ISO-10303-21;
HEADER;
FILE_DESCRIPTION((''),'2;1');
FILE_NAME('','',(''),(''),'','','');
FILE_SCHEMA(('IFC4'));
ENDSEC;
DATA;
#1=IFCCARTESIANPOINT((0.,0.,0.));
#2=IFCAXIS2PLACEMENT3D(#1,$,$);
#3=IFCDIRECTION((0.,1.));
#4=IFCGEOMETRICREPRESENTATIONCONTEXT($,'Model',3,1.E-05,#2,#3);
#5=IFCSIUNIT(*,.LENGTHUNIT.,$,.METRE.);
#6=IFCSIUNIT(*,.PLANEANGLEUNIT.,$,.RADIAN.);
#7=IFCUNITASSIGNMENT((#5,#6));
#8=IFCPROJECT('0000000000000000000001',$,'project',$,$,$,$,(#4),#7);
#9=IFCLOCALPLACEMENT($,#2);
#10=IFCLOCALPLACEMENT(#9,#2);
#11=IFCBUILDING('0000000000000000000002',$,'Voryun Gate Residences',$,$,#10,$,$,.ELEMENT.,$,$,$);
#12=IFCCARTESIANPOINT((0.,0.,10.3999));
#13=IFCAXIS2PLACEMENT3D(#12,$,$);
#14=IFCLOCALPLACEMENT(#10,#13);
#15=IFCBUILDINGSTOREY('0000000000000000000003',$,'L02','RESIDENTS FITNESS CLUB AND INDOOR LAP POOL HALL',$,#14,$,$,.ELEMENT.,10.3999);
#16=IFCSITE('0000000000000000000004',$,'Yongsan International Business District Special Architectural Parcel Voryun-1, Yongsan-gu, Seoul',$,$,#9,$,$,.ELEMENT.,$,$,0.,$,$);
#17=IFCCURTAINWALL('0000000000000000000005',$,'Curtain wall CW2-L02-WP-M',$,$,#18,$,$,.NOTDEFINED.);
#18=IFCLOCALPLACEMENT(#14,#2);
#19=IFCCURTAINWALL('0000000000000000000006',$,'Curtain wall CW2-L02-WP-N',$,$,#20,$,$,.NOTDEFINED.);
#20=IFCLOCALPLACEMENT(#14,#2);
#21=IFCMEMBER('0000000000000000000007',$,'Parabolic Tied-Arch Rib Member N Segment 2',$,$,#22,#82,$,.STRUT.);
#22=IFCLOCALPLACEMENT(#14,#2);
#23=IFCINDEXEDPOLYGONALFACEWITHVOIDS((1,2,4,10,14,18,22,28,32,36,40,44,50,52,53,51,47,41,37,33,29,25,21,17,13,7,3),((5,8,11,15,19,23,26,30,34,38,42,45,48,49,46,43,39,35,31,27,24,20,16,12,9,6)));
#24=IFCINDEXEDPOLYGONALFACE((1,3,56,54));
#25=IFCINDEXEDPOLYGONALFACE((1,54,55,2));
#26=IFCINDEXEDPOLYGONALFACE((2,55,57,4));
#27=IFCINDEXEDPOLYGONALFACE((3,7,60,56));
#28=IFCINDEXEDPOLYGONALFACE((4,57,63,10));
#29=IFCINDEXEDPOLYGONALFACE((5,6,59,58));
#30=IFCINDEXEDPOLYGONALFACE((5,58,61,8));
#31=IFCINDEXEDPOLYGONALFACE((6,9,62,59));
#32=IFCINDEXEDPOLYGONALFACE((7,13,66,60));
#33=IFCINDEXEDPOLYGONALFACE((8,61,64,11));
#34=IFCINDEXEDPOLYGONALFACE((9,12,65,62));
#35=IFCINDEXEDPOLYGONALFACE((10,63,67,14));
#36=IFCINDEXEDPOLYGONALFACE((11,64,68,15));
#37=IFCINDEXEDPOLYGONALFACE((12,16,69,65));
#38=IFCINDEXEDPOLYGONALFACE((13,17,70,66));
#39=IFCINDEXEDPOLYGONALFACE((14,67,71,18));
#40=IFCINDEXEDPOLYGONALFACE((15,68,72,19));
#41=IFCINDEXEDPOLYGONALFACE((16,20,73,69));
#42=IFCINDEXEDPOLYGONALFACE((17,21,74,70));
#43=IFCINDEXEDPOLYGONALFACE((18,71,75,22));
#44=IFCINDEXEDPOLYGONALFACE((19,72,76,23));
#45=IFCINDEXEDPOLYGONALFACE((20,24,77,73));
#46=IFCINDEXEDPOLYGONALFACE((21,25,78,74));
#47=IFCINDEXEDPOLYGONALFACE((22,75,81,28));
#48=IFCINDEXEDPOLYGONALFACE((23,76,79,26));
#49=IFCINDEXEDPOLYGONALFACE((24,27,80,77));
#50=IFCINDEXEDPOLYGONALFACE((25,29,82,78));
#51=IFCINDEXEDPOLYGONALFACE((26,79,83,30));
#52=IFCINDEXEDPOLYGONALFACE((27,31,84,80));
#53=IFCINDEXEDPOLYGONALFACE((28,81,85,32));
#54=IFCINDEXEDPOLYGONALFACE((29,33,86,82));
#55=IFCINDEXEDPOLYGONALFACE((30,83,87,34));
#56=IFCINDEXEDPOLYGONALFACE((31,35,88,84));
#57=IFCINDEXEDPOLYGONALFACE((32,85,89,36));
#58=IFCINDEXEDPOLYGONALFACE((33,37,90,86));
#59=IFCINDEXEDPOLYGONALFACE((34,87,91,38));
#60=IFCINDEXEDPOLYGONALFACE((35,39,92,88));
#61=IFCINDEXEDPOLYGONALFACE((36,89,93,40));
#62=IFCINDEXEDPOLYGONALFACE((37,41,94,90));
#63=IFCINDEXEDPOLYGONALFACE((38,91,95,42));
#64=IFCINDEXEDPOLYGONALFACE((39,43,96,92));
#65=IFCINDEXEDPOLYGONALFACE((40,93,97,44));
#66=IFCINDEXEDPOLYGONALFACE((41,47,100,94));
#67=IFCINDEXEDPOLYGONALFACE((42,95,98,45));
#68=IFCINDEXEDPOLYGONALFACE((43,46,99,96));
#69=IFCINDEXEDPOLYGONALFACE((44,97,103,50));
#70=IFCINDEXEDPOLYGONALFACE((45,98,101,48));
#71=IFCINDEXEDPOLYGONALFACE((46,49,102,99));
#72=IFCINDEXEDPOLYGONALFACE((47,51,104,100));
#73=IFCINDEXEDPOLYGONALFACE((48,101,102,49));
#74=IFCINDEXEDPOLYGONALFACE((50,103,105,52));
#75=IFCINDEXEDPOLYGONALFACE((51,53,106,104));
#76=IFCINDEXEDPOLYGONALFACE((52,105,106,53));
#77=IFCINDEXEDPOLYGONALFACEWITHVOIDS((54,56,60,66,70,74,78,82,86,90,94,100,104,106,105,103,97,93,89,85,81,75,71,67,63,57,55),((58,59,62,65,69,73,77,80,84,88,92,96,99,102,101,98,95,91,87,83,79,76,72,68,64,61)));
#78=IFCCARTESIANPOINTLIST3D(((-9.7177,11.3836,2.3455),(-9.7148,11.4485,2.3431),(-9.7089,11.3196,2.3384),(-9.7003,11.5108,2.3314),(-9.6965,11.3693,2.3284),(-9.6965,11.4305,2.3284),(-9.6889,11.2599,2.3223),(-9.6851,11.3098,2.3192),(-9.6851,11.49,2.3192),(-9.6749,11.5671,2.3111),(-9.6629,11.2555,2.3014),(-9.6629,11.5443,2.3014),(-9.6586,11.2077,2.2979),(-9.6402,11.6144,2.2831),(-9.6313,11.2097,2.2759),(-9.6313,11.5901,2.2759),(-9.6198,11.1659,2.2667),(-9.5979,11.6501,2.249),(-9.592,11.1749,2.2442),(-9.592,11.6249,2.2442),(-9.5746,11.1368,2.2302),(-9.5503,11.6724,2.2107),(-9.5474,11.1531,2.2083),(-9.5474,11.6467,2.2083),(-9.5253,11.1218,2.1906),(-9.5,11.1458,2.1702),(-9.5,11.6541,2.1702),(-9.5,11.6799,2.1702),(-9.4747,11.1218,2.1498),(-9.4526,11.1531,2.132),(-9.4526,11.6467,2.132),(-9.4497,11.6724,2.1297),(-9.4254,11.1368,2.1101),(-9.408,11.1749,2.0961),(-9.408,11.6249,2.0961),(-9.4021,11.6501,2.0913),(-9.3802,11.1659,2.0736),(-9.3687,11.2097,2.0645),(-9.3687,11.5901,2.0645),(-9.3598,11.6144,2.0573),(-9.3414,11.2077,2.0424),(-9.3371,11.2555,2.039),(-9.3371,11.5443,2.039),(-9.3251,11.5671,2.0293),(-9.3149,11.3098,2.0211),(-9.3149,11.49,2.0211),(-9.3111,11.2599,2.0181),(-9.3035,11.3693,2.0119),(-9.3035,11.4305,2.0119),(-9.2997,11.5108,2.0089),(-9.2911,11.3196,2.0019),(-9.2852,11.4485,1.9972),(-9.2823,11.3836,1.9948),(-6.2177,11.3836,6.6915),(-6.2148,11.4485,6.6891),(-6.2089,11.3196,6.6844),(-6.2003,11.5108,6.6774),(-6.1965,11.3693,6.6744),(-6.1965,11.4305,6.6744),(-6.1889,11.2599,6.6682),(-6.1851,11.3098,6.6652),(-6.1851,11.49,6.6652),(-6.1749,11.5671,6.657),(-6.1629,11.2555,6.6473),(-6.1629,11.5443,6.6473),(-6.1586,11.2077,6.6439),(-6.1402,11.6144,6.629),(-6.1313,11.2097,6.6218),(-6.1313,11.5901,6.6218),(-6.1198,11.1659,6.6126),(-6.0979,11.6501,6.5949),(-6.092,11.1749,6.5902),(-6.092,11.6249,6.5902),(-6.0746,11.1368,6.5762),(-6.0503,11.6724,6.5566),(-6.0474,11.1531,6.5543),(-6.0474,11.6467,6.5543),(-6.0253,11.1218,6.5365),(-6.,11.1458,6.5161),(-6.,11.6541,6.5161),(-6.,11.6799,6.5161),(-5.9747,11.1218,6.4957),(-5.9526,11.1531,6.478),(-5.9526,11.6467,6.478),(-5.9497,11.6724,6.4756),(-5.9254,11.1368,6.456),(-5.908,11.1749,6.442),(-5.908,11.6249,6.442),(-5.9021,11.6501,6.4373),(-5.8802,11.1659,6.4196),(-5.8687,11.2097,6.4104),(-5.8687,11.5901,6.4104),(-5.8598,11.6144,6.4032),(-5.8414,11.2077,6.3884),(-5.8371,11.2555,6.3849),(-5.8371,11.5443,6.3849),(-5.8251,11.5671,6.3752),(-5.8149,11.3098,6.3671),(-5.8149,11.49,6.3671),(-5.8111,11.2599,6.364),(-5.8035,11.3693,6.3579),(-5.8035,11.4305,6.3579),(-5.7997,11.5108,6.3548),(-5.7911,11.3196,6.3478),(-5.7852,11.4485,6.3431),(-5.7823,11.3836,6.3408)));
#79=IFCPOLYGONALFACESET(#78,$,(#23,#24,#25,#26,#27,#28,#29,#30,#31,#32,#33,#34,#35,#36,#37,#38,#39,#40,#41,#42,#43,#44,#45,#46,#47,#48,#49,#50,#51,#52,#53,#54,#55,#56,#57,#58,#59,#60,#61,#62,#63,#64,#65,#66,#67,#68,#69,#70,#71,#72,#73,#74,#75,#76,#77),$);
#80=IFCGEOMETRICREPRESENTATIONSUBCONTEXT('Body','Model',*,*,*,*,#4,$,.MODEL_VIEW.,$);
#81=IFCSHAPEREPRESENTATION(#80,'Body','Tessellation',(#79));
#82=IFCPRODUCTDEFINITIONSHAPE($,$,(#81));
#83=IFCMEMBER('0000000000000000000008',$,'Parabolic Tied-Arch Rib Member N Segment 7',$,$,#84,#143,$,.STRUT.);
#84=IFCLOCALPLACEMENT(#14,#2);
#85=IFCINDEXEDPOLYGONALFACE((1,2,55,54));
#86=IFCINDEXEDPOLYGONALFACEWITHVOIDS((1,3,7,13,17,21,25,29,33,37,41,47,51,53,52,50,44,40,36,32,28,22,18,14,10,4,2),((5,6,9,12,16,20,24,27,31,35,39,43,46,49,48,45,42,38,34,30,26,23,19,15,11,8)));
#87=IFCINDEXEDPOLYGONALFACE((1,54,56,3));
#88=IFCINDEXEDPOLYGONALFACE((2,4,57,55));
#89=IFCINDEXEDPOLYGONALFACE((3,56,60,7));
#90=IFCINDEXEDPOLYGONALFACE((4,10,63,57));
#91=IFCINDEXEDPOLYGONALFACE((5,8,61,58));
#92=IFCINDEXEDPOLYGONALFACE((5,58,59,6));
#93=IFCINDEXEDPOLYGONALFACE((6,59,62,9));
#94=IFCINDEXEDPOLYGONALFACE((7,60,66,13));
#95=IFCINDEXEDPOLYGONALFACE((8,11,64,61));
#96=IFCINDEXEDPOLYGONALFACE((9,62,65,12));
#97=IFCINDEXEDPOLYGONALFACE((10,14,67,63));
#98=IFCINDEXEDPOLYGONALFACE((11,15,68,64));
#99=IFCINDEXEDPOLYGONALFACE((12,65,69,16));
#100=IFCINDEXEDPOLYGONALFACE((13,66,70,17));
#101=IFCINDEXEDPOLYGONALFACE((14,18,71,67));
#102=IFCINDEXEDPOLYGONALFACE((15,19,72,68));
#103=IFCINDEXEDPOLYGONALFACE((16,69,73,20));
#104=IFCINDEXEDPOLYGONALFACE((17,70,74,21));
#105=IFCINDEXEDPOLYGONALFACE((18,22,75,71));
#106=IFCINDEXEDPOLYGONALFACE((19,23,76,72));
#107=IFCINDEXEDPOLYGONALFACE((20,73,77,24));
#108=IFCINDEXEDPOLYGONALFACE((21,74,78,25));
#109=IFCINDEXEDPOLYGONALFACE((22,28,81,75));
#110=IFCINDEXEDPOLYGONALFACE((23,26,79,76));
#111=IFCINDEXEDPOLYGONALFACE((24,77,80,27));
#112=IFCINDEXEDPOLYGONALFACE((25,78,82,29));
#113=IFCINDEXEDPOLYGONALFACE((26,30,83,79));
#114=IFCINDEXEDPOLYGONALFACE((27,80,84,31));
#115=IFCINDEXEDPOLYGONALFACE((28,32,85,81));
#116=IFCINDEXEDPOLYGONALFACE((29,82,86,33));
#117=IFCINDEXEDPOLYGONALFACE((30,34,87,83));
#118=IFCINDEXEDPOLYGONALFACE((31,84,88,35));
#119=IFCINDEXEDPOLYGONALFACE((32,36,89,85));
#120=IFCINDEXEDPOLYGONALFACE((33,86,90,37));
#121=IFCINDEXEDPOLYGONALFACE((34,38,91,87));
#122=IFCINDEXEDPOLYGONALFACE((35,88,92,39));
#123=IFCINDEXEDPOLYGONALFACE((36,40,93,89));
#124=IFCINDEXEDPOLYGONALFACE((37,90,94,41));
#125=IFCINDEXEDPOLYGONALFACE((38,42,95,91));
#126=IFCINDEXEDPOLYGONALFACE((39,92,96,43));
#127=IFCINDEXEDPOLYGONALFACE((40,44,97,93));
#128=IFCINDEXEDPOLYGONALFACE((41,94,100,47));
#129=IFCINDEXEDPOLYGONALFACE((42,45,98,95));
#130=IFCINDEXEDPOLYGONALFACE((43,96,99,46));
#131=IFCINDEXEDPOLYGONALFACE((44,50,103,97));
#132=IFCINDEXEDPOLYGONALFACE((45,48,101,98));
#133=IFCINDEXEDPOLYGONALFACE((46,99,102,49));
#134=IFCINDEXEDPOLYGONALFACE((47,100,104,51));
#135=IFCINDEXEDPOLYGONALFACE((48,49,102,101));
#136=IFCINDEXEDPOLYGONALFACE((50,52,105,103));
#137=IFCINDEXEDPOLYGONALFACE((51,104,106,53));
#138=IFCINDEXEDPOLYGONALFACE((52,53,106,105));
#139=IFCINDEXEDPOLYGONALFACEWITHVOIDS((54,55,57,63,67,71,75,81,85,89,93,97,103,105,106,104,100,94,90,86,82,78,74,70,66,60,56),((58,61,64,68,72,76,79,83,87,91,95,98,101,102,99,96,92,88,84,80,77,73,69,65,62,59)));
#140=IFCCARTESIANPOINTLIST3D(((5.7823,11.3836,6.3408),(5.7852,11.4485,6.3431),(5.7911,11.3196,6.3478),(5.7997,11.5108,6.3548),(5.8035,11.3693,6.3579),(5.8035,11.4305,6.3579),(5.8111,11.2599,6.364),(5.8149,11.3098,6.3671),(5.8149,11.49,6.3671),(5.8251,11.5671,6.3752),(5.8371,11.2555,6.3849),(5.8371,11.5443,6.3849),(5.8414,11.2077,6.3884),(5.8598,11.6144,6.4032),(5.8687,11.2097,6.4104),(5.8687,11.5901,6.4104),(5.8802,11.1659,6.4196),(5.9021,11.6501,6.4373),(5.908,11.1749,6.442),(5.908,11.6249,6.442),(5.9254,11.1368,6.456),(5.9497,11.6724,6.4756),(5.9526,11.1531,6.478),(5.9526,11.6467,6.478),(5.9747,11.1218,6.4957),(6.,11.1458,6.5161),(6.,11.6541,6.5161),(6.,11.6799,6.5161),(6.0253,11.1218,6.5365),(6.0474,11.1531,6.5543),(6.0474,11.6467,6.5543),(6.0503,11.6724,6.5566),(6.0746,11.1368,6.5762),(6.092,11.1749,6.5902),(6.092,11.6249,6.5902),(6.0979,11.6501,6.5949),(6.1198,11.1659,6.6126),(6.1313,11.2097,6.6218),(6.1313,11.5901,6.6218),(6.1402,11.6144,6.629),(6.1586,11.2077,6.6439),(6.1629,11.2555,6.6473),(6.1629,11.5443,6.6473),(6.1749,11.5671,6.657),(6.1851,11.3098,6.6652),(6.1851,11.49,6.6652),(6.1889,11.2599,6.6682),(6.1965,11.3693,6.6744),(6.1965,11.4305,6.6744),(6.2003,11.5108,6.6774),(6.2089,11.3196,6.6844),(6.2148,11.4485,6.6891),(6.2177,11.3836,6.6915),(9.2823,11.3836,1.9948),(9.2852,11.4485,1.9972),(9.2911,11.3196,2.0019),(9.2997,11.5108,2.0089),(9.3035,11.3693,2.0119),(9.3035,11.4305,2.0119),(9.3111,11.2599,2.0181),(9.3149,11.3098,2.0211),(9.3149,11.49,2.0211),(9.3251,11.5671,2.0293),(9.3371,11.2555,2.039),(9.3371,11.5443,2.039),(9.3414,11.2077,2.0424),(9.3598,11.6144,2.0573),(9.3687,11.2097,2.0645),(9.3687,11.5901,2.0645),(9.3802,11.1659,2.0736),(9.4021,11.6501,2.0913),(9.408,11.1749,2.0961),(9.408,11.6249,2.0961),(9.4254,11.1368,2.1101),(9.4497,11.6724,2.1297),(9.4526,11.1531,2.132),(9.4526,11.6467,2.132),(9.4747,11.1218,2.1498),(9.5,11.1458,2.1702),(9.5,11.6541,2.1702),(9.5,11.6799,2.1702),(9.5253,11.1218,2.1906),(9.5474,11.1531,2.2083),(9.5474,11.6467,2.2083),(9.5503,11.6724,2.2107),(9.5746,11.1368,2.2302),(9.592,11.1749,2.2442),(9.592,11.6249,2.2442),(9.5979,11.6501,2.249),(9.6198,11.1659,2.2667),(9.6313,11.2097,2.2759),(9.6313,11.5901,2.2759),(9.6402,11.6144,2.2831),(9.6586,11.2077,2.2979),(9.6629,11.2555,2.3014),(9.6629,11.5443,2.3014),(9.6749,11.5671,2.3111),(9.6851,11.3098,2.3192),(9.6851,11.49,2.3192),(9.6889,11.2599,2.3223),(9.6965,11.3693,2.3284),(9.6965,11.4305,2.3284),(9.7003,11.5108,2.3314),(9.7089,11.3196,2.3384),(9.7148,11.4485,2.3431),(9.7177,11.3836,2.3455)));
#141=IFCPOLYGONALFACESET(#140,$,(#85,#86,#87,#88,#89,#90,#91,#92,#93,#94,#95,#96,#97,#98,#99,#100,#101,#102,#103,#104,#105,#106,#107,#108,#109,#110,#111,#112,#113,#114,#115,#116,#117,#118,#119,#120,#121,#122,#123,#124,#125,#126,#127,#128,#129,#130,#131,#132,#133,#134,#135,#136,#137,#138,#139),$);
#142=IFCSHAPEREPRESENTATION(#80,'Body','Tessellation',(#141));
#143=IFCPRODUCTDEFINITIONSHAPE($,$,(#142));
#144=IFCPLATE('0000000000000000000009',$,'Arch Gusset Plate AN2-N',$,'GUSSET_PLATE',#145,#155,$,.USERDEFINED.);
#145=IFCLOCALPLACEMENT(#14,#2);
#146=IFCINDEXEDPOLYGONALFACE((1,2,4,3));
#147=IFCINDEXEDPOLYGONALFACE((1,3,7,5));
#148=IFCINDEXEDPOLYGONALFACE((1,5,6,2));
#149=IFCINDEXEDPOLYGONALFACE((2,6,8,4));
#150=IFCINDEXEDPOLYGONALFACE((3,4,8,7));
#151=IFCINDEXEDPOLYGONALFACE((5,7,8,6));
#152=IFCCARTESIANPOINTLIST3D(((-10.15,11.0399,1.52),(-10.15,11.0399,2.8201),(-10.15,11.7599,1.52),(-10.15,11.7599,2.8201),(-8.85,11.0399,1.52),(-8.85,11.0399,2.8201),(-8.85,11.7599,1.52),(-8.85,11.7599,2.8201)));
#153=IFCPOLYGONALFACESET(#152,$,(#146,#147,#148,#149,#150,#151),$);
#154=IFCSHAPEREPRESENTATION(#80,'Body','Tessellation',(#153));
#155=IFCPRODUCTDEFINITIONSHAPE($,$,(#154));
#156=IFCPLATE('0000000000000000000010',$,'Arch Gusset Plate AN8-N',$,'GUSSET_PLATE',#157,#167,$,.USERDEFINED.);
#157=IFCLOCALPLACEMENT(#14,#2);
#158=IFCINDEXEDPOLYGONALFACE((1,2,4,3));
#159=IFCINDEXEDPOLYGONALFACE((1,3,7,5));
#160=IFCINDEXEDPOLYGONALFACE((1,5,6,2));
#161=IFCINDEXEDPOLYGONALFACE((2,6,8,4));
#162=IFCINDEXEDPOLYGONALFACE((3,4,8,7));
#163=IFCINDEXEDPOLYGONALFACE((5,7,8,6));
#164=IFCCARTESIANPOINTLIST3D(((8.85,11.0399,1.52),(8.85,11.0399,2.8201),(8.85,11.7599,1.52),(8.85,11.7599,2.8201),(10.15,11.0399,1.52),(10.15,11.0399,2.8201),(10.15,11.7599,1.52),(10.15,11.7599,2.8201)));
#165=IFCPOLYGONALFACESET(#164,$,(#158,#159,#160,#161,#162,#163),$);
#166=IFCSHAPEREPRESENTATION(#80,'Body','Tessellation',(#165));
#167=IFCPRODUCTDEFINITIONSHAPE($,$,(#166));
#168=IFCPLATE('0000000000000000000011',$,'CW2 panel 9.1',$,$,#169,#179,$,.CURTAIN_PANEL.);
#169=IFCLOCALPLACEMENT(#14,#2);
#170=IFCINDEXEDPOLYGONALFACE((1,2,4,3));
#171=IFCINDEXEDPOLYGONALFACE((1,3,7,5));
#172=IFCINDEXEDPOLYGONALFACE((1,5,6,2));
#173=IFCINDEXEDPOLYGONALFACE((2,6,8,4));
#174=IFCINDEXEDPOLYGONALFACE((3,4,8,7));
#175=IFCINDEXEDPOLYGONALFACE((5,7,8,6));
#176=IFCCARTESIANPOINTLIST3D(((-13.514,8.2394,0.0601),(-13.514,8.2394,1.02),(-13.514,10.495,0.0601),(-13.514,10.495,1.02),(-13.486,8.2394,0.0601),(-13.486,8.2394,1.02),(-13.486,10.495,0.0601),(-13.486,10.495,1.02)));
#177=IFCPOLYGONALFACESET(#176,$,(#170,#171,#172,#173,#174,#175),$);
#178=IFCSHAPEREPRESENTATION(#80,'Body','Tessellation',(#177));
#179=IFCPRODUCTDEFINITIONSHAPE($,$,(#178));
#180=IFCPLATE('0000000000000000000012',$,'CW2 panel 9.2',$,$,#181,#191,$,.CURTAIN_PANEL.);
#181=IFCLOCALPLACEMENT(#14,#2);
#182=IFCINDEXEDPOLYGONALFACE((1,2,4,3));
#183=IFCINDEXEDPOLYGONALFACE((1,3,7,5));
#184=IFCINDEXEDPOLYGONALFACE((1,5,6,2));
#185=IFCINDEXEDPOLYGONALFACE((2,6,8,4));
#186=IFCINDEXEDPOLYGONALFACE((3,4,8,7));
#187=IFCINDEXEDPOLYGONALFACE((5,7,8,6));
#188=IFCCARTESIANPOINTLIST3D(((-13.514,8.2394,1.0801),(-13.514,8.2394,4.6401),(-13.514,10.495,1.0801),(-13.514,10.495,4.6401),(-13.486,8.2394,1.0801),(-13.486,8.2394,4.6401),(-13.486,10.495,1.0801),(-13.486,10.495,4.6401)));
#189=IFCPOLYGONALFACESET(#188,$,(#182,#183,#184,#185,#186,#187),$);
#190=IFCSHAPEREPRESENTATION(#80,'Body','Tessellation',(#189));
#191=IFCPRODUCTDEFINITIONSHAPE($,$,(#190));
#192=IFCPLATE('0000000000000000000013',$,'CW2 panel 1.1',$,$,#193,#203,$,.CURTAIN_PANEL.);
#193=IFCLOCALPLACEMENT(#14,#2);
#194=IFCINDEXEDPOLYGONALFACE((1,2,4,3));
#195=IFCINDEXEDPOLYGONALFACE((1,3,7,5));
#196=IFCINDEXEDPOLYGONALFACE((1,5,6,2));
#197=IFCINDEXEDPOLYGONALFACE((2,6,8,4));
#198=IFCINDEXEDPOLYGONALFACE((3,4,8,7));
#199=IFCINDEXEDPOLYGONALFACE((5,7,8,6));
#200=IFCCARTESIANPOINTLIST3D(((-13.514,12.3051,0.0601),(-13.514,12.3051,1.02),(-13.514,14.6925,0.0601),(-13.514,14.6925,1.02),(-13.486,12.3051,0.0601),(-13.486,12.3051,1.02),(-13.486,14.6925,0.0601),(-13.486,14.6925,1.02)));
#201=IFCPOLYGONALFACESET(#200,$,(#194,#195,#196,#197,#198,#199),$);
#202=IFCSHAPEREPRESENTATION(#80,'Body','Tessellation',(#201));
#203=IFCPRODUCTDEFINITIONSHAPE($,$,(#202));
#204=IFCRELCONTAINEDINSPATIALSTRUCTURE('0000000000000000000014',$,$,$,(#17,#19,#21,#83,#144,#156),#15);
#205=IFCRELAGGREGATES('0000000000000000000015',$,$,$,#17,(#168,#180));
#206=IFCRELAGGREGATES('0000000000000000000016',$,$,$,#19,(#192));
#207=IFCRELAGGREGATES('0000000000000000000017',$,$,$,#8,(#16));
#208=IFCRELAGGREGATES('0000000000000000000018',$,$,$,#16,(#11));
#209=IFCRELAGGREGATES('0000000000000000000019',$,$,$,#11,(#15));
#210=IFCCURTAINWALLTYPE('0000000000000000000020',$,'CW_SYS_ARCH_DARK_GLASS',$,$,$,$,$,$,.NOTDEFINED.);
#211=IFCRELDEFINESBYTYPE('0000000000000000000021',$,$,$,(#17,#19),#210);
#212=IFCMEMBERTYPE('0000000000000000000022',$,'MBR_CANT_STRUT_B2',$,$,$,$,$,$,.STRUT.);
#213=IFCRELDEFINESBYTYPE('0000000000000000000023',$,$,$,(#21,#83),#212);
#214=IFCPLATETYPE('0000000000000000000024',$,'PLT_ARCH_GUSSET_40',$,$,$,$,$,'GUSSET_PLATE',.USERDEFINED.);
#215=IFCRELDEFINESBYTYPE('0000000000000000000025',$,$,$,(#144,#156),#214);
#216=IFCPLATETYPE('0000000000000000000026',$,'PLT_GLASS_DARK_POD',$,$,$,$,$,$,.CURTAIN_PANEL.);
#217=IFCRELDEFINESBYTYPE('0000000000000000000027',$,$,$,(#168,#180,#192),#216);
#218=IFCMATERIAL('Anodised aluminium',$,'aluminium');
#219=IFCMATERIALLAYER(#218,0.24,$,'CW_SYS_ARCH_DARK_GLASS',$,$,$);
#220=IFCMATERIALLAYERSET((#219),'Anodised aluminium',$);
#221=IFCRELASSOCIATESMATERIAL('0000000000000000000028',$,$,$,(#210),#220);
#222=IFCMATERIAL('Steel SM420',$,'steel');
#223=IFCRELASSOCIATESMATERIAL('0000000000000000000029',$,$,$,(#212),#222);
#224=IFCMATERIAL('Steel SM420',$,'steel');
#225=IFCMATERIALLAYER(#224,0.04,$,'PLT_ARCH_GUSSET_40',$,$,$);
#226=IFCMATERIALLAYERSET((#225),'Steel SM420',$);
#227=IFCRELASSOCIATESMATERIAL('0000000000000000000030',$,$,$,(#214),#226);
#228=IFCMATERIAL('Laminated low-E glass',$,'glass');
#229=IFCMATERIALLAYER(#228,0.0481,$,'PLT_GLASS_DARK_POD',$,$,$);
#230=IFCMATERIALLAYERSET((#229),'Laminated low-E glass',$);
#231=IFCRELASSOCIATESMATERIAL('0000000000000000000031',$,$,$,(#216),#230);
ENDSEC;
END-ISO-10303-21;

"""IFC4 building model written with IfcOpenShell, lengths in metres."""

from ifc_helpers import new_model, si_unit, direction, frame, origin, origin_2d, place, context, subcontext, project, spatial, rectangle, hollow_circle, extrude, material, layer, layer_set, material_profile, profile_set, type_object, element, aggregate, save


model = new_model("IFC4")

# Units and contexts
model_context = context("Model", 3, precision=1e-05, world=origin(), true_north=direction((0.0, 1.0)))
body_context = subcontext(model_context, "Body", "Model", "MODEL_VIEW")
ifc_project = project(units=[si_unit("LENGTHUNIT", "METRE"), si_unit("PLANEANGLEUNIT", "RADIAN")], contexts=[model_context])

# Site, building, storey
site_placement = place(None, origin())
site = spatial("IfcSite", under=ifc_project, at=site_placement, Name="Yongsan International Business District Special Architectural Parcel Voryun-1, Yongsan-gu, Seoul", CompositionType="ELEMENT", RefElevation=0.0)
building_placement = place(site_placement, origin())
building = spatial("IfcBuilding", under=site, at=building_placement, Name="Voryun Gate Residences", CompositionType="ELEMENT")
storey_placement = place(building_placement, frame((0.0, 0.0, 10.3999)))
storey = spatial("IfcBuildingStorey", under=building, at=storey_placement, Name="L02", Description="RESIDENTS FITNESS CLUB AND INDOOR LAP POOL HALL", CompositionType="ELEMENT", Elevation=10.3999)

# Curtain wall
ifc_material_1 = material(Name="Anodised aluminium", Category="aluminium")
ifc_layer_1 = layer(ifc_material_1, 0.24, Name="CW_SYS_ARCH_DARK_GLASS")
ifc_layer_set_1 = layer_set([ifc_layer_1], Name="Anodised aluminium")
curtain_wall_type = type_object("IfcCurtainWallType", Name="CW_SYS_ARCH_DARK_GLASS", PredefinedType="NOTDEFINED", material=ifc_layer_set_1)
curtain_wall_1_placement = place(storey_placement, origin())
curtain_wall_1 = element("IfcCurtainWall", 1, at=curtain_wall_1_placement, inside=storey, type_object=curtain_wall_type, Name="Curtain wall CW2-L02-WP-M", PredefinedType="NOTDEFINED")

# Curtain wall
curtain_wall_2_placement = place(storey_placement, origin())
curtain_wall_2 = element("IfcCurtainWall", 2, at=curtain_wall_2_placement, inside=storey, type_object=curtain_wall_type, Name="Curtain wall CW2-L02-WP-N", PredefinedType="NOTDEFINED")

# Members
ifc_material_2 = material(Name="Steel SM420", Category="steel")
ifc_material_profile_1 = material_profile(ifc_material_2, hollow_circle(Radius=0.28, WallThickness=0.0259, at=origin_2d()), Name="CHS-560x26")
ifc_profile_set_1 = profile_set([ifc_material_profile_1], Name="Steel SM420")
member_type_1 = type_object("IfcMemberType", Name="MBR_CANT_STRUT_B2", PredefinedType="STRUT", material=ifc_profile_set_1)
for number, where, z_axis, x_axis, name in (
    (3, (-9.5, 11.3999, 2.1702), (0.627232, 0.0, 0.778833), (0.0, 1.0, 0.0), "Parabolic Tied-Arch Rib Member N Segment 2"),
    (4, (6.0, 11.3999, 6.5161), (0.627232, 0.0, -0.778833), (0.0, 1.0, 0.0), "Parabolic Tied-Arch Rib Member N Segment 7"),
):
    element("IfcMember", number, at=place(storey_placement, frame(where, z_axis=z_axis, x_axis=x_axis)), inside=storey, type_object=member_type_1, Name=name, PredefinedType="STRUT", context=body_context, shape_type="SweptSolid", body=[
        extrude(hollow_circle(Radius=0.28, WallThickness=0.0259, at=origin_2d()), origin(), (0.0, 0.0, 1.0), 5.5801),
    ])

# Plates
ifc_material_3 = material(Name="Steel SM420", Category="steel")
ifc_layer_2 = layer(ifc_material_3, 0.04, Name="PLT_ARCH_GUSSET_40")
ifc_layer_set_2 = layer_set([ifc_layer_2], Name="Steel SM420")
plate_type_1 = type_object("IfcPlateType", Name="PLT_ARCH_GUSSET_40", ElementType="GUSSET_PLATE", PredefinedType="USERDEFINED", material=ifc_layer_set_2)
for number, where, z_axis, x_axis, name in (
    (5, (-9.5, 11.3999, 1.52), (0.0, 0.0, 1.0), (1.0, 0.0, 0.0), "Arch Gusset Plate AN2-N"),
    (6, (9.5, 11.3999, 1.52), (0.0, 0.0, 1.0), (1.0, 0.0, 0.0), "Arch Gusset Plate AN8-N"),
):
    element("IfcPlate", number, at=place(storey_placement, frame(where, z_axis=z_axis, x_axis=x_axis)), inside=storey, type_object=plate_type_1, Name=name, ObjectType="GUSSET_PLATE", PredefinedType="USERDEFINED", context=body_context, shape_type="SweptSolid", body=[
        extrude(rectangle(XDim=1.3, YDim=0.72, at=origin_2d()), origin(), (0.0, 0.0, 1.0), 1.3),
    ])

# Plates
ifc_material_4 = material(Name="Laminated low-E glass", Category="glass")
ifc_layer_3 = layer(ifc_material_4, 0.0481, Name="PLT_GLASS_DARK_POD")
ifc_layer_set_3 = layer_set([ifc_layer_3], Name="Laminated low-E glass")
plate_type_2 = type_object("IfcPlateType", Name="PLT_GLASS_DARK_POD", PredefinedType="CURTAIN_PANEL", material=ifc_layer_set_3)
plate_1_placement = place(storey_placement, frame((-13.5, 9.3672, 0.0601), z_axis=(0.0, 0.0, 1.0), x_axis=(0.0, 1.0, 0.0)))
plate_1 = element("IfcPlate", 7, at=plate_1_placement, type_object=plate_type_2, Name="CW2 panel 9.1", PredefinedType="CURTAIN_PANEL", context=body_context, shape_type="SweptSolid", body=[
    extrude(rectangle(XDim=2.2556, YDim=0.0281, at=origin_2d()), origin(), (0.0, 0.0, 1.0), 0.96),
])
plate_2_placement = place(storey_placement, frame((-13.5, 9.3672, 1.0801), z_axis=(0.0, 0.0, 1.0), x_axis=(0.0, 1.0, 0.0)))
plate_2 = element("IfcPlate", 8, at=plate_2_placement, type_object=plate_type_2, Name="CW2 panel 9.2", PredefinedType="CURTAIN_PANEL", context=body_context, shape_type="SweptSolid", body=[
    extrude(rectangle(XDim=2.2556, YDim=0.0281, at=origin_2d()), origin(), (0.0, 0.0, 1.0), 3.5601),
])
aggregate(curtain_wall_1, [plate_1, plate_2])
plate_3_placement = place(storey_placement, frame((-13.5, 13.4988, 0.0601), z_axis=(0.0, 0.0, 1.0), x_axis=(0.0, 1.0, 0.0)))
plate_3 = element("IfcPlate", 9, at=plate_3_placement, type_object=plate_type_2, Name="CW2 panel 1.1", PredefinedType="CURTAIN_PANEL", context=body_context, shape_type="SweptSolid", body=[
    extrude(rectangle(XDim=2.3875, YDim=0.0281, at=origin_2d()), origin(), (0.0, 0.0, 1.0), 0.96),
])
aggregate(curtain_wall_2, [plate_3])

save(model, "model.ifc")
